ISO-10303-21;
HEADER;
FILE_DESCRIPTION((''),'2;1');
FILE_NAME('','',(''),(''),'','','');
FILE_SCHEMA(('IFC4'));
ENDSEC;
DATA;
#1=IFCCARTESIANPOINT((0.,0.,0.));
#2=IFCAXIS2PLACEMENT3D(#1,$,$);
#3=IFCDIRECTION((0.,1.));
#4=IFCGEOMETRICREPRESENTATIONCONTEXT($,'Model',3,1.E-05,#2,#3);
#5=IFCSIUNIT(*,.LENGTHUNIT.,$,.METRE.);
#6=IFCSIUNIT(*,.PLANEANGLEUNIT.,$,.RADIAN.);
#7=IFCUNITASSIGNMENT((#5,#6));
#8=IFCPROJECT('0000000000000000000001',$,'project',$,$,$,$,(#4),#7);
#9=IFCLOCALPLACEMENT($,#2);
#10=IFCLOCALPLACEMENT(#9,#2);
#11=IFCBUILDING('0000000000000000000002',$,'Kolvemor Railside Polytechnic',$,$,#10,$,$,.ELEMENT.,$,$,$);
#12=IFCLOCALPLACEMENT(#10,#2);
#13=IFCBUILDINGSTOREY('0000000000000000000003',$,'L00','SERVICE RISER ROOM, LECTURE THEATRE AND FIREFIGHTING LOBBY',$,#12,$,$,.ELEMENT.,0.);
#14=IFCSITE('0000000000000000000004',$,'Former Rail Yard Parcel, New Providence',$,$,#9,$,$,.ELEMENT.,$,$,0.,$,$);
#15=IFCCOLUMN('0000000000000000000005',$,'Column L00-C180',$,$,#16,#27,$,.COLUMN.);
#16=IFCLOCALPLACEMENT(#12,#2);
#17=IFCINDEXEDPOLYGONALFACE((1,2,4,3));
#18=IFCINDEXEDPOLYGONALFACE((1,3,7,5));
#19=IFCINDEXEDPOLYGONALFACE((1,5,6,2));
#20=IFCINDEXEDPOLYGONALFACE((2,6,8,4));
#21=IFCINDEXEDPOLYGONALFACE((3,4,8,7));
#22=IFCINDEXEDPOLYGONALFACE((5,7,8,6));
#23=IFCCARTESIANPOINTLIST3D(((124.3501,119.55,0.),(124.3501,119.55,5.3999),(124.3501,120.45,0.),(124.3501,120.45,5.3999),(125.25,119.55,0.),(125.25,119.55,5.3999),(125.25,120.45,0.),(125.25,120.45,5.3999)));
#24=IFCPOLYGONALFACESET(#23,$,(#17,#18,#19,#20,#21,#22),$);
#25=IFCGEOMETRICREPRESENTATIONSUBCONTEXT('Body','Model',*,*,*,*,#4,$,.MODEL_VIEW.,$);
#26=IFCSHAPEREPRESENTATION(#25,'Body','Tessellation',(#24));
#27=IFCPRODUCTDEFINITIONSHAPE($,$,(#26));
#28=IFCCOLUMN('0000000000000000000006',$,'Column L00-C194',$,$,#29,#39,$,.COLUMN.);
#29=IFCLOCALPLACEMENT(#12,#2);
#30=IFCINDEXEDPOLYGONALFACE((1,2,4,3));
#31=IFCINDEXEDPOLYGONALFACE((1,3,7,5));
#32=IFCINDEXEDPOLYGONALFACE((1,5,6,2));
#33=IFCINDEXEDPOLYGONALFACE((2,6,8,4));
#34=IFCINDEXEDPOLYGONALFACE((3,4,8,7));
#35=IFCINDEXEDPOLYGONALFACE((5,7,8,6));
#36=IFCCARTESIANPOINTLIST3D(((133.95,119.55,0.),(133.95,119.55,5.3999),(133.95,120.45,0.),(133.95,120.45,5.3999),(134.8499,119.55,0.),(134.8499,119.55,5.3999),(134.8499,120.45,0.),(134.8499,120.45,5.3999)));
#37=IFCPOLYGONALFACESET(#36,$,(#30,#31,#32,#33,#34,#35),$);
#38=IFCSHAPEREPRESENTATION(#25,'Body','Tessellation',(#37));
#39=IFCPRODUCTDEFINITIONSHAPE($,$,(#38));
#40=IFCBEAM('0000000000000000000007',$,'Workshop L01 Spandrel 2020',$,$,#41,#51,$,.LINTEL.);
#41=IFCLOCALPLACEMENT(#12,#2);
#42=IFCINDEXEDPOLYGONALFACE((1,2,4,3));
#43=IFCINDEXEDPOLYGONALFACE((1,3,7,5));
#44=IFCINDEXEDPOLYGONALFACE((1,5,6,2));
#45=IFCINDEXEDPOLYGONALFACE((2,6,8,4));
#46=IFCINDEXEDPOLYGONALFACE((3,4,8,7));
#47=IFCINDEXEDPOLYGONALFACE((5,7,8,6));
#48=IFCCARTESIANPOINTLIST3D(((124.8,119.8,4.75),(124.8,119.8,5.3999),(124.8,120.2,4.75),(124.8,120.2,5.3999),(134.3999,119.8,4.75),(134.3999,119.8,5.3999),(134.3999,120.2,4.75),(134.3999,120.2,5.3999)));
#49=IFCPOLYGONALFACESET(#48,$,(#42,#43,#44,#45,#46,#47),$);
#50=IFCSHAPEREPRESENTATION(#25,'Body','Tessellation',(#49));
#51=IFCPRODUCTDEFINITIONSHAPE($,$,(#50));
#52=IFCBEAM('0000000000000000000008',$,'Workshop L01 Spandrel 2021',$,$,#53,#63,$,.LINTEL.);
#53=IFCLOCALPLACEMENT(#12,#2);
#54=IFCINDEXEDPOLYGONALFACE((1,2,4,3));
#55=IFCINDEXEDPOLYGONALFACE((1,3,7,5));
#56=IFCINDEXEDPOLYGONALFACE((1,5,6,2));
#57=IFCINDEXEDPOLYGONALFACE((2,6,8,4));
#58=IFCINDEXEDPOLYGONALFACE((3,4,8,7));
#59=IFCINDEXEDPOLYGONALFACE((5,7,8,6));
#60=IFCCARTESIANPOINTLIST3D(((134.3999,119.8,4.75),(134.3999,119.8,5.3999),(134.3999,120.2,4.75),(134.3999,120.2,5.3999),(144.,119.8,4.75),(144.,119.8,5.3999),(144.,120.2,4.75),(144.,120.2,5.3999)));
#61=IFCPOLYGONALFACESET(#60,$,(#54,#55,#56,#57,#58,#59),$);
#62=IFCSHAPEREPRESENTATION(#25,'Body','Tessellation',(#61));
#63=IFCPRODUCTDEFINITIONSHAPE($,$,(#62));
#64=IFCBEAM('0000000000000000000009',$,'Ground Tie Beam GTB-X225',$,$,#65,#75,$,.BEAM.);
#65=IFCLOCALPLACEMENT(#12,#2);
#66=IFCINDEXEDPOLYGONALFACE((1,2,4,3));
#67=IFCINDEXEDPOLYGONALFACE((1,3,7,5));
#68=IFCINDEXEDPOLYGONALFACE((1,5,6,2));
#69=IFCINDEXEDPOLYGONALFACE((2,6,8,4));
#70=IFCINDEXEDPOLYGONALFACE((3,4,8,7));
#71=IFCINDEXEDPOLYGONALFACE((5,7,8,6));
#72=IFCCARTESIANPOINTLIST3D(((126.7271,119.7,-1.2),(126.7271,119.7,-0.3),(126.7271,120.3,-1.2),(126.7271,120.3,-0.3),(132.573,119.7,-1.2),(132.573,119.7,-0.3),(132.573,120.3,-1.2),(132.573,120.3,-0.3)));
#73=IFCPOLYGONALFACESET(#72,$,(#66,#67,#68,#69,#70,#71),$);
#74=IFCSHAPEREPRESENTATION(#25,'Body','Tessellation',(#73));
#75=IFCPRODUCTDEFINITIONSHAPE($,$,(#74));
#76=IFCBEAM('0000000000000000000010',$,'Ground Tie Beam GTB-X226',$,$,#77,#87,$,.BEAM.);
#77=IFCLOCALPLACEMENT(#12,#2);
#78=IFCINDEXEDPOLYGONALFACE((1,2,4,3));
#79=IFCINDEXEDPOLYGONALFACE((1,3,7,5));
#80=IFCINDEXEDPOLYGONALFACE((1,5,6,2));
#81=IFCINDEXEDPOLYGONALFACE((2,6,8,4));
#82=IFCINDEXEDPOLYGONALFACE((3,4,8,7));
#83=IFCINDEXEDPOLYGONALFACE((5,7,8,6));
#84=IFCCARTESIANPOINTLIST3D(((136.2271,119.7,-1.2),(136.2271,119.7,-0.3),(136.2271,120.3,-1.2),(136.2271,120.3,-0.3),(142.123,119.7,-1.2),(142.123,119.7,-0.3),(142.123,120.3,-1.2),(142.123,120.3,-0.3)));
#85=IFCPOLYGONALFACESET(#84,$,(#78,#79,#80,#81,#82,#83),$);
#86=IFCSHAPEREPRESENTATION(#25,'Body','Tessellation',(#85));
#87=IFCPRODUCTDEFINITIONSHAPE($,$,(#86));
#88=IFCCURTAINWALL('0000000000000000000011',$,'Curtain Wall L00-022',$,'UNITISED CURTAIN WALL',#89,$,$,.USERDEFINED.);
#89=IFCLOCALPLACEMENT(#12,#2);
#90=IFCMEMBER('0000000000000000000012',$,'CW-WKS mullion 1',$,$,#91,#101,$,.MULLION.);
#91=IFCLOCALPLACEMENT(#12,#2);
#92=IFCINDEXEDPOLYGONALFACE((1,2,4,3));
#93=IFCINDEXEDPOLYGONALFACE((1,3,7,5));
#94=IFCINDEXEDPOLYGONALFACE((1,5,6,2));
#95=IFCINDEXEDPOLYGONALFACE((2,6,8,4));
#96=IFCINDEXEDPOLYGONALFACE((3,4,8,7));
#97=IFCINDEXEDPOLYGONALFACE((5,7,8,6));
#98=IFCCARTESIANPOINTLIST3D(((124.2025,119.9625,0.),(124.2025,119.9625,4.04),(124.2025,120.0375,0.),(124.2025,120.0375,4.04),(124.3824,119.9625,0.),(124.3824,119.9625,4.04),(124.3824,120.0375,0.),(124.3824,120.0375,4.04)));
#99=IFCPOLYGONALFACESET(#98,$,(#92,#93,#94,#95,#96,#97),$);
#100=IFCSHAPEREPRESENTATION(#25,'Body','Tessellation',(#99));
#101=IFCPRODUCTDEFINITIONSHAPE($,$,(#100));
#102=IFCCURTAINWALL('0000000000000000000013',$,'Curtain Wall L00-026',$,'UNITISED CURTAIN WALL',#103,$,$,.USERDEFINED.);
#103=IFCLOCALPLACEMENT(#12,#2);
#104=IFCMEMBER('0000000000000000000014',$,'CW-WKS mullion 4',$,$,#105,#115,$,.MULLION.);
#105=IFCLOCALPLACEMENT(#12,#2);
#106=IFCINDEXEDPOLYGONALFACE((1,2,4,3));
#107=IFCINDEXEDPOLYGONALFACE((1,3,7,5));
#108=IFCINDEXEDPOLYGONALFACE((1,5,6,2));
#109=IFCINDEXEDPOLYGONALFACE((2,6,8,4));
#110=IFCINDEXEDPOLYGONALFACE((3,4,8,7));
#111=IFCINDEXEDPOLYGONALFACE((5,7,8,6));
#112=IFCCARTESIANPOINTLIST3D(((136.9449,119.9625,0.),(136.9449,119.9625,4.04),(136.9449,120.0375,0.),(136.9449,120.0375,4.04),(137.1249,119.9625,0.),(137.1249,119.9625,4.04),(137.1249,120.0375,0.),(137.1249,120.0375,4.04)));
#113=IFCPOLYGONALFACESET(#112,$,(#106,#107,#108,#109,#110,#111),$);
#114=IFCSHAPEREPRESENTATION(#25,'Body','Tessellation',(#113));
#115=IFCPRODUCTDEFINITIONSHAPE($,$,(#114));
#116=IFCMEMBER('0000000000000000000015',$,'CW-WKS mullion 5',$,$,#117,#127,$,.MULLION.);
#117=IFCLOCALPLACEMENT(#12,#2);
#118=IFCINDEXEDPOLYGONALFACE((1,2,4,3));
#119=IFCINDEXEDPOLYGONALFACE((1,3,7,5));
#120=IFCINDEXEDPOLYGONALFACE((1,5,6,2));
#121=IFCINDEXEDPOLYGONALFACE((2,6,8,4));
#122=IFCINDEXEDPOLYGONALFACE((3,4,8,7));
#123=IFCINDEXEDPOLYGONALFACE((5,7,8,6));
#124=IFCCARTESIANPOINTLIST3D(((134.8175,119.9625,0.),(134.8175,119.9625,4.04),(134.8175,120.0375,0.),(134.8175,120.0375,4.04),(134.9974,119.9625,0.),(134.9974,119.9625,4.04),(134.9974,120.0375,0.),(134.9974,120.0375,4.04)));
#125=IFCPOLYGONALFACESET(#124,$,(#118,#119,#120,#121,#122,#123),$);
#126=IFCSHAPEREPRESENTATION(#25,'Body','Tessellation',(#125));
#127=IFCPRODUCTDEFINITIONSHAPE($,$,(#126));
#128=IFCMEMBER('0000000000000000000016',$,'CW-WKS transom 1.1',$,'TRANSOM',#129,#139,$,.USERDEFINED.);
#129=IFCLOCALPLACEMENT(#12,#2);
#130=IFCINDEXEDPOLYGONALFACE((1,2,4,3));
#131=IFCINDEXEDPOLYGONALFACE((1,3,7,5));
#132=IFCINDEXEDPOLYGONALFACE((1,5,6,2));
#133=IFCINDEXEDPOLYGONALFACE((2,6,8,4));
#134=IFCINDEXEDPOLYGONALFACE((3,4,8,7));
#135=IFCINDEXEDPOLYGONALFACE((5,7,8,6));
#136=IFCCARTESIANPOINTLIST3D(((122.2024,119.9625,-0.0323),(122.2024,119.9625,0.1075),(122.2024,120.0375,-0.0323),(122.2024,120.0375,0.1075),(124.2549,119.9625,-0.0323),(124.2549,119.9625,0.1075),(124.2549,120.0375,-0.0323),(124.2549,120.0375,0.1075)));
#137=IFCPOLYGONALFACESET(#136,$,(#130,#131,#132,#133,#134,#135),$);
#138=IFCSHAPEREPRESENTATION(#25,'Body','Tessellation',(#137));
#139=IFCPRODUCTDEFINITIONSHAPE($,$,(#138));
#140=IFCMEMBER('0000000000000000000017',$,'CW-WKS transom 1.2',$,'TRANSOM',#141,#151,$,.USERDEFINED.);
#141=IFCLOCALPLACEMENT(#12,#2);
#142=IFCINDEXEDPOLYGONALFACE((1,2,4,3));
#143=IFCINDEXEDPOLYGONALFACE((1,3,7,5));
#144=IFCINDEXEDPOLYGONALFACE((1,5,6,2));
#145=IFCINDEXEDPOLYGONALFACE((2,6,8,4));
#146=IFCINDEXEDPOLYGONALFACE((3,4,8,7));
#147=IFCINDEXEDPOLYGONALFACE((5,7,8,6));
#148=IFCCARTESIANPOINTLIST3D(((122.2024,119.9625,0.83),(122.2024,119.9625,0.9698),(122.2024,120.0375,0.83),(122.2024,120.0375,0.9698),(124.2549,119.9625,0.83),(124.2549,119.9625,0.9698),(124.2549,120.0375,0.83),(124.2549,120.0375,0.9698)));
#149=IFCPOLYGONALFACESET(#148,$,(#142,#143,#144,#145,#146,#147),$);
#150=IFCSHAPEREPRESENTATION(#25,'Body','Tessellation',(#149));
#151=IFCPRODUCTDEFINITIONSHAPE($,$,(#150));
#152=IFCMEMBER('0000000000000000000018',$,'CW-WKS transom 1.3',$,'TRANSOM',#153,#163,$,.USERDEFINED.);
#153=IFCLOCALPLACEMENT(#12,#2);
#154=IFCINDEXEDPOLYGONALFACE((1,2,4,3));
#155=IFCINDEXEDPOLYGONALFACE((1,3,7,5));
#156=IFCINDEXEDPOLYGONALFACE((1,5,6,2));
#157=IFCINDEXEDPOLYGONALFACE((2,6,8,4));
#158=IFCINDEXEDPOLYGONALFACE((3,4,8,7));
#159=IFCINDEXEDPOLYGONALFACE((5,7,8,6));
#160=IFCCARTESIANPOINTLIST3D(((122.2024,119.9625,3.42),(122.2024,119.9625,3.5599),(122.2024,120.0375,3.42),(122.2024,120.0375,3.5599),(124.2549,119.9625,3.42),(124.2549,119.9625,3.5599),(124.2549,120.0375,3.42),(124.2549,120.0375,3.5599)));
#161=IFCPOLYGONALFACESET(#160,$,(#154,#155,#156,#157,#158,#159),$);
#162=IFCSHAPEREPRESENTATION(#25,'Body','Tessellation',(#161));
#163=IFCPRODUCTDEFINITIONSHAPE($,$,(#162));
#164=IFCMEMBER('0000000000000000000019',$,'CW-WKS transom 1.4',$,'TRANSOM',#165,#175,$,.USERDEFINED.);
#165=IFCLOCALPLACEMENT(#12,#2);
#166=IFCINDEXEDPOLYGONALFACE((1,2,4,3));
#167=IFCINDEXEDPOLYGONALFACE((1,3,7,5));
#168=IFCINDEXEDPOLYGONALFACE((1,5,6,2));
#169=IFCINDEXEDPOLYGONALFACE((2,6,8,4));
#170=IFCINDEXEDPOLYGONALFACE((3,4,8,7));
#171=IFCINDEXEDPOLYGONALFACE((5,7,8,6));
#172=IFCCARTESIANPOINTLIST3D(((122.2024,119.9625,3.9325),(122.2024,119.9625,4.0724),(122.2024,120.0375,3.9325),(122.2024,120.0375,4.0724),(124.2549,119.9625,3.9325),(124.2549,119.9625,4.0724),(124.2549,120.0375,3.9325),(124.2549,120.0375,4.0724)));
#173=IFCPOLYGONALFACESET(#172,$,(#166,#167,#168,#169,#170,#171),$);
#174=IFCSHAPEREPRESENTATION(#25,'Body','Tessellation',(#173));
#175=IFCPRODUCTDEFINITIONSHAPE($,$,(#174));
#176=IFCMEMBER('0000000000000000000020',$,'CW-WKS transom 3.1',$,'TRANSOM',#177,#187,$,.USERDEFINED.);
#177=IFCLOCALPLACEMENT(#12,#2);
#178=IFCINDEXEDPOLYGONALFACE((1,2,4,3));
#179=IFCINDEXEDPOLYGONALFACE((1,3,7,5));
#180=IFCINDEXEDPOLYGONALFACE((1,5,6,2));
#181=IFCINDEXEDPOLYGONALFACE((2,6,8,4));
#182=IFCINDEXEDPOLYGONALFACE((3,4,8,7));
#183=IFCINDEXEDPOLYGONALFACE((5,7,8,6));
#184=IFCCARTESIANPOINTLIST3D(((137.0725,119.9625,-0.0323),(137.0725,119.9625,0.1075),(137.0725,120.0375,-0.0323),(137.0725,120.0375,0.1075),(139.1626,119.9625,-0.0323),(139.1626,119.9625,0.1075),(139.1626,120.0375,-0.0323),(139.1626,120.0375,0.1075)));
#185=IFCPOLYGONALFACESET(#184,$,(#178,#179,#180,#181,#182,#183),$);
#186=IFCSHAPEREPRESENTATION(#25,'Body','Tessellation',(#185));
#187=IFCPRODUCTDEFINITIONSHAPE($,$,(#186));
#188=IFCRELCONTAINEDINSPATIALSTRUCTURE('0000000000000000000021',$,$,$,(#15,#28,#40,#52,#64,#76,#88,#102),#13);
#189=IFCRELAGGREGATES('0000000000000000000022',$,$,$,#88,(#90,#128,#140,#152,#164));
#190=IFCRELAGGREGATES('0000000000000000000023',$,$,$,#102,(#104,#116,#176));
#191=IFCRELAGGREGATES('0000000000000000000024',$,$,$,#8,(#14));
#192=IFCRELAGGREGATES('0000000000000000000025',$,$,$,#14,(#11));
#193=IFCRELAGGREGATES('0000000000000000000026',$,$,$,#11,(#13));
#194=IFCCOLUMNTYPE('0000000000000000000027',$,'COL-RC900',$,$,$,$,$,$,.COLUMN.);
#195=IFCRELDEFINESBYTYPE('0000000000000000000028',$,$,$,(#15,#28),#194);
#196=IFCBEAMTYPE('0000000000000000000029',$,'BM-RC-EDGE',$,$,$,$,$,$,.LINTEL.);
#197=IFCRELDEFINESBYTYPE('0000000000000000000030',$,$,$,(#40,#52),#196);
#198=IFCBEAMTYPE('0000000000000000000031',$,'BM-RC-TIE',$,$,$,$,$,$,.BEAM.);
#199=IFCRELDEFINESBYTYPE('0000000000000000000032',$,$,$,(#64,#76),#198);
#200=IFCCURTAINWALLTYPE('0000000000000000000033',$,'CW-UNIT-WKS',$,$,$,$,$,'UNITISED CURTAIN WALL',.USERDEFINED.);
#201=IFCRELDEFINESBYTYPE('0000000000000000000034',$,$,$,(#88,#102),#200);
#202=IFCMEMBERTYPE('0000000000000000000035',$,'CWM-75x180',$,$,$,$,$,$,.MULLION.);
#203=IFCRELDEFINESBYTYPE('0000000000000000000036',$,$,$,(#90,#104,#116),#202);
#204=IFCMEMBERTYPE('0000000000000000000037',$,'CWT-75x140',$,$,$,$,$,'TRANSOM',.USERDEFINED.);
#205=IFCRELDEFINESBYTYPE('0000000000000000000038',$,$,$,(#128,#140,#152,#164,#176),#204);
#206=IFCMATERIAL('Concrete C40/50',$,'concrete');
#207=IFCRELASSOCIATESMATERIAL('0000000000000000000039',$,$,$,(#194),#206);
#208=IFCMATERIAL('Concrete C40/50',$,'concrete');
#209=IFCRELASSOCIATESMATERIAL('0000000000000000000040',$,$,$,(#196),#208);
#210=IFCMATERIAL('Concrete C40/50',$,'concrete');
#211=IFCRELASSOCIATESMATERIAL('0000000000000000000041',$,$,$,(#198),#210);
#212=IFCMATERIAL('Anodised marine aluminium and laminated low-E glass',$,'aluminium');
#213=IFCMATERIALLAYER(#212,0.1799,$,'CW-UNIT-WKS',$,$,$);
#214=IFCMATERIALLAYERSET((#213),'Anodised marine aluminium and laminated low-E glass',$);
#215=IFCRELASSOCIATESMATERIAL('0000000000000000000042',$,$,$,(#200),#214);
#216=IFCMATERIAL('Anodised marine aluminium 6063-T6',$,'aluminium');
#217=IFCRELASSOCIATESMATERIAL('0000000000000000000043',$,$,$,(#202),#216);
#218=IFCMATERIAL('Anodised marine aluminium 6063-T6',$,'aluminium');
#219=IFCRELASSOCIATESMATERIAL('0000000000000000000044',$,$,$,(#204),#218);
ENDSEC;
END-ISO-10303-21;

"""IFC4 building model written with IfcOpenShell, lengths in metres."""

from ifc_helpers import new_model, si_unit, direction, frame, origin, origin_2d, place, context, subcontext, project, spatial, rectangle, extrude, material, layer, layer_set, material_profile, profile_set, type_object, element, aggregate, save


model = new_model("IFC4")

# Units and contexts
model_context = context("Model", 3, precision=1e-05, world=origin(), true_north=direction((0.0, 1.0)))
body_context = subcontext(model_context, "Body", "Model", "MODEL_VIEW")
ifc_project = project(units=[si_unit("LENGTHUNIT", "METRE"), si_unit("PLANEANGLEUNIT", "RADIAN")], contexts=[model_context])

# Site, building, storey
site_placement = place(None, origin())
site = spatial("IfcSite", under=ifc_project, at=site_placement, Name="Former Rail Yard Parcel, New Providence", CompositionType="ELEMENT", RefElevation=0.0)
building_placement = place(site_placement, origin())
building = spatial("IfcBuilding", under=site, at=building_placement, Name="Kolvemor Railside Polytechnic", CompositionType="ELEMENT")
storey_placement = place(building_placement, origin())
storey = spatial("IfcBuildingStorey", under=building, at=storey_placement, Name="L00", Description="SERVICE RISER ROOM, LECTURE THEATRE AND FIREFIGHTING LOBBY", CompositionType="ELEMENT", Elevation=0.0)

# Columns
ifc_material_1 = material(Name="Concrete C40/50", Category="concrete")
ifc_material_profile_1 = material_profile(ifc_material_1, rectangle(XDim=0.8999, YDim=0.8999, at=origin_2d()), Name="RC900x900")
ifc_profile_set_1 = profile_set([ifc_material_profile_1], Name="Concrete C40/50")
column_type = type_object("IfcColumnType", Name="COL-RC900", PredefinedType="COLUMN", material=ifc_profile_set_1)
for number, where, z_axis, x_axis, name in (
    (1, (124.8, 120.0, 0.0), (0.0, 0.0, 1.0), (1.0, 0.0, 0.0), "Column L00-C180"),
    (2, (134.3999, 120.0, 0.0), (0.0, 0.0, 1.0), (1.0, 0.0, 0.0), "Column L00-C194"),
):
    element("IfcColumn", number, at=place(storey_placement, frame(where, z_axis=z_axis, x_axis=x_axis)), inside=storey, type_object=column_type, Name=name, PredefinedType="COLUMN", context=body_context, shape_type="SweptSolid", body=[
        extrude(rectangle(XDim=0.8999, YDim=0.8999, at=origin_2d()), origin(), (0.0, 0.0, 1.0), 5.3999),
    ])

# Beams
ifc_material_2 = material(Name="Concrete C40/50", Category="concrete")
ifc_material_profile_2 = material_profile(ifc_material_2, rectangle(XDim=0.3999, YDim=0.6499, at=origin_2d()), Name="RC400x650")
ifc_profile_set_2 = profile_set([ifc_material_profile_2], Name="Concrete C40/50")
beam_type_1 = type_object("IfcBeamType", Name="BM-RC-EDGE", PredefinedType="LINTEL", material=ifc_profile_set_2)
beam_1_placement = place(storey_placement, frame((124.8, 120.0, 5.075), z_axis=(1.0, 0.0, 0.0), x_axis=(0.0, 1.0, 0.0)))
element("IfcBeam", 3, at=beam_1_placement, inside=storey, type_object=beam_type_1, Name="Workshop L01 Spandrel 2020", PredefinedType="LINTEL", context=body_context, shape_type="SweptSolid", body=[
    extrude(rectangle(XDim=0.3999, YDim=0.6499, at=origin_2d()), origin(), (0.0, 0.0, 1.0), 9.5999),
])
beam_2_placement = place(storey_placement, frame((134.3999, 120.0, 5.075), z_axis=(1.0, 0.0, 0.0), x_axis=(0.0, 1.0, 0.0)))
element("IfcBeam", 4, at=beam_2_placement, inside=storey, type_object=beam_type_1, Name="Workshop L01 Spandrel 2021", PredefinedType="LINTEL", context=body_context, shape_type="SweptSolid", body=[
    extrude(rectangle(XDim=0.3999, YDim=0.6499, at=origin_2d()), origin(), (0.0, 0.0, 1.0), 9.6001),
])
ifc_material_3 = material(Name="Concrete C40/50", Category="concrete")
ifc_material_profile_3 = material_profile(ifc_material_3, rectangle(XDim=0.6001, YDim=0.8999, at=origin_2d()), Name="RC600x900")
ifc_profile_set_3 = profile_set([ifc_material_profile_3], Name="Concrete C40/50")
beam_type_2 = type_object("IfcBeamType", Name="BM-RC-TIE", PredefinedType="BEAM", material=ifc_profile_set_3)
beam_3_placement = place(storey_placement, frame((126.7271, 120.0, -0.75), z_axis=(1.0, 0.0, 0.0), x_axis=(0.0, 1.0, 0.0)))
element("IfcBeam", 5, at=beam_3_placement, inside=storey, type_object=beam_type_2, Name="Ground Tie Beam GTB-X225", PredefinedType="BEAM", context=body_context, shape_type="SweptSolid", body=[
    extrude(rectangle(XDim=0.6001, YDim=0.8999, at=origin_2d()), origin(), (0.0, 0.0, 1.0), 5.8459),
])
beam_4_placement = place(storey_placement, frame((136.2271, 120.0, -0.75), z_axis=(1.0, 0.0, 0.0), x_axis=(0.0, 1.0, 0.0)))
element("IfcBeam", 6, at=beam_4_placement, inside=storey, type_object=beam_type_2, Name="Ground Tie Beam GTB-X226", PredefinedType="BEAM", context=body_context, shape_type="SweptSolid", body=[
    extrude(rectangle(XDim=0.6001, YDim=0.8999, at=origin_2d()), origin(), (0.0, 0.0, 1.0), 5.896),
])

# Curtain wall, member
ifc_material_4 = material(Name="Anodised marine aluminium and laminated low-E glass", Category="aluminium")
ifc_layer_1 = layer(ifc_material_4, 0.1799, Name="CW-UNIT-WKS")
ifc_layer_set_1 = layer_set([ifc_layer_1], Name="Anodised marine aluminium and laminated low-E glass")
curtain_wall_type = type_object("IfcCurtainWallType", Name="CW-UNIT-WKS", ElementType="UNITISED CURTAIN WALL", PredefinedType="USERDEFINED", material=ifc_layer_set_1)
curtain_wall_1_placement = place(storey_placement, origin())
curtain_wall_1 = element("IfcCurtainWall", 7, at=curtain_wall_1_placement, inside=storey, type_object=curtain_wall_type, Name="Curtain Wall L00-022", ObjectType="UNITISED CURTAIN WALL", PredefinedType="USERDEFINED")
ifc_material_5 = material(Name="Anodised marine aluminium 6063-T6", Category="aluminium")
ifc_material_profile_4 = material_profile(ifc_material_5, rectangle(XDim=0.075, YDim=0.1799, at=origin_2d()), Name="CW-MUL-75x180")
ifc_profile_set_4 = profile_set([ifc_material_profile_4], Name="Anodised marine aluminium 6063-T6")
member_type_1 = type_object("IfcMemberType", Name="CWM-75x180", PredefinedType="MULLION", material=ifc_profile_set_4)
member_1_placement = place(storey_placement, frame((124.2925, 120.0, 0.0), z_axis=(0.0, 0.0, 1.0), x_axis=(0.0, -1.0, 0.0)))
member_1 = element("IfcMember", 8, at=member_1_placement, type_object=member_type_1, Name="CW-WKS mullion 1", PredefinedType="MULLION", context=body_context, shape_type="SweptSolid", body=[
    extrude(rectangle(XDim=0.075, YDim=0.1799, at=origin_2d()), origin(), (0.0, 0.0, 1.0), 4.04),
])

# Curtain wall, members
curtain_wall_2_placement = place(storey_placement, origin())
curtain_wall_2 = element("IfcCurtainWall", 9, at=curtain_wall_2_placement, inside=storey, type_object=curtain_wall_type, Name="Curtain Wall L00-026", ObjectType="UNITISED CURTAIN WALL", PredefinedType="USERDEFINED")
member_2_placement = place(storey_placement, frame((137.0349, 120.0, 0.0), z_axis=(0.0, 0.0, 1.0), x_axis=(0.0, -1.0, 0.0)))
member_2 = element("IfcMember", 10, at=member_2_placement, type_object=member_type_1, Name="CW-WKS mullion 4", PredefinedType="MULLION", context=body_context, shape_type="SweptSolid", body=[
    extrude(rectangle(XDim=0.075, YDim=0.1799, at=origin_2d()), origin(), (0.0, 0.0, 1.0), 4.04),
])
member_3_placement = place(storey_placement, frame((134.9075, 120.0, 0.0), z_axis=(0.0, 0.0, 1.0), x_axis=(0.0, -1.0, 0.0)))
member_3 = element("IfcMember", 11, at=member_3_placement, type_object=member_type_1, Name="CW-WKS mullion 5", PredefinedType="MULLION", context=body_context, shape_type="SweptSolid", body=[
    extrude(rectangle(XDim=0.075, YDim=0.1799, at=origin_2d()), origin(), (0.0, 0.0, 1.0), 4.04),
])

# Members
ifc_material_6 = material(Name="Anodised marine aluminium 6063-T6", Category="aluminium")
ifc_material_profile_5 = material_profile(ifc_material_6, rectangle(XDim=0.075, YDim=0.1399, at=origin_2d()), Name="CW-TRN-75x140")
ifc_profile_set_5 = profile_set([ifc_material_profile_5], Name="Anodised marine aluminium 6063-T6")
member_type_2 = type_object("IfcMemberType", Name="CWT-75x140", ElementType="TRANSOM", PredefinedType="USERDEFINED", material=ifc_profile_set_5)
member_4_placement = place(storey_placement, frame((124.2549, 120.0, 0.0376), z_axis=(-1.0, 0.0, 0.0), x_axis=(0.0, -1.0, 0.0)))
member_4 = element("IfcMember", 12, at=member_4_placement, type_object=member_type_2, Name="CW-WKS transom 1.1", ObjectType="TRANSOM", PredefinedType="USERDEFINED", context=body_context, shape_type="SweptSolid", body=[
    extrude(rectangle(XDim=0.075, YDim=0.1399, at=origin_2d()), origin(), (0.0, 0.0, 1.0), 2.0525),
])
member_5_placement = place(storey_placement, frame((124.2549, 120.0, 0.8999), z_axis=(-1.0, 0.0, 0.0), x_axis=(0.0, -1.0, 0.0)))
member_5 = element("IfcMember", 13, at=member_5_placement, type_object=member_type_2, Name="CW-WKS transom 1.2", ObjectType="TRANSOM", PredefinedType="USERDEFINED", context=body_context, shape_type="SweptSolid", body=[
    extrude(rectangle(XDim=0.075, YDim=0.1399, at=origin_2d()), origin(), (0.0, 0.0, 1.0), 2.0525),
])
member_6_placement = place(storey_placement, frame((124.2549, 120.0, 3.49), z_axis=(-1.0, 0.0, 0.0), x_axis=(0.0, -1.0, 0.0)))
member_6 = element("IfcMember", 14, at=member_6_placement, type_object=member_type_2, Name="CW-WKS transom 1.3", ObjectType="TRANSOM", PredefinedType="USERDEFINED", context=body_context, shape_type="SweptSolid", body=[
    extrude(rectangle(XDim=0.075, YDim=0.1399, at=origin_2d()), origin(), (0.0, 0.0, 1.0), 2.0525),
])
member_7_placement = place(storey_placement, frame((124.2549, 120.0, 4.0024), z_axis=(-1.0, 0.0, 0.0), x_axis=(0.0, -1.0, 0.0)))
member_7 = element("IfcMember", 15, at=member_7_placement, type_object=member_type_2, Name="CW-WKS transom 1.4", ObjectType="TRANSOM", PredefinedType="USERDEFINED", context=body_context, shape_type="SweptSolid", body=[
    extrude(rectangle(XDim=0.075, YDim=0.1399, at=origin_2d()), origin(), (0.0, 0.0, 1.0), 2.0525),
])
member_8_placement = place(storey_placement, frame((139.1626, 120.0, 0.0376), z_axis=(-1.0, 0.0, 0.0), x_axis=(0.0, -1.0, 0.0)))
member_8 = element("IfcMember", 16, at=member_8_placement, type_object=member_type_2, Name="CW-WKS transom 3.1", ObjectType="TRANSOM", PredefinedType="USERDEFINED", context=body_context, shape_type="SweptSolid", body=[
    extrude(rectangle(XDim=0.075, YDim=0.1399, at=origin_2d()), origin(), (0.0, 0.0, 1.0), 2.0901),
])

aggregate(curtain_wall_1, [member_1, member_4, member_5, member_6, member_7])
aggregate(curtain_wall_2, [member_2, member_3, member_8])

save(model, "model.ifc")
